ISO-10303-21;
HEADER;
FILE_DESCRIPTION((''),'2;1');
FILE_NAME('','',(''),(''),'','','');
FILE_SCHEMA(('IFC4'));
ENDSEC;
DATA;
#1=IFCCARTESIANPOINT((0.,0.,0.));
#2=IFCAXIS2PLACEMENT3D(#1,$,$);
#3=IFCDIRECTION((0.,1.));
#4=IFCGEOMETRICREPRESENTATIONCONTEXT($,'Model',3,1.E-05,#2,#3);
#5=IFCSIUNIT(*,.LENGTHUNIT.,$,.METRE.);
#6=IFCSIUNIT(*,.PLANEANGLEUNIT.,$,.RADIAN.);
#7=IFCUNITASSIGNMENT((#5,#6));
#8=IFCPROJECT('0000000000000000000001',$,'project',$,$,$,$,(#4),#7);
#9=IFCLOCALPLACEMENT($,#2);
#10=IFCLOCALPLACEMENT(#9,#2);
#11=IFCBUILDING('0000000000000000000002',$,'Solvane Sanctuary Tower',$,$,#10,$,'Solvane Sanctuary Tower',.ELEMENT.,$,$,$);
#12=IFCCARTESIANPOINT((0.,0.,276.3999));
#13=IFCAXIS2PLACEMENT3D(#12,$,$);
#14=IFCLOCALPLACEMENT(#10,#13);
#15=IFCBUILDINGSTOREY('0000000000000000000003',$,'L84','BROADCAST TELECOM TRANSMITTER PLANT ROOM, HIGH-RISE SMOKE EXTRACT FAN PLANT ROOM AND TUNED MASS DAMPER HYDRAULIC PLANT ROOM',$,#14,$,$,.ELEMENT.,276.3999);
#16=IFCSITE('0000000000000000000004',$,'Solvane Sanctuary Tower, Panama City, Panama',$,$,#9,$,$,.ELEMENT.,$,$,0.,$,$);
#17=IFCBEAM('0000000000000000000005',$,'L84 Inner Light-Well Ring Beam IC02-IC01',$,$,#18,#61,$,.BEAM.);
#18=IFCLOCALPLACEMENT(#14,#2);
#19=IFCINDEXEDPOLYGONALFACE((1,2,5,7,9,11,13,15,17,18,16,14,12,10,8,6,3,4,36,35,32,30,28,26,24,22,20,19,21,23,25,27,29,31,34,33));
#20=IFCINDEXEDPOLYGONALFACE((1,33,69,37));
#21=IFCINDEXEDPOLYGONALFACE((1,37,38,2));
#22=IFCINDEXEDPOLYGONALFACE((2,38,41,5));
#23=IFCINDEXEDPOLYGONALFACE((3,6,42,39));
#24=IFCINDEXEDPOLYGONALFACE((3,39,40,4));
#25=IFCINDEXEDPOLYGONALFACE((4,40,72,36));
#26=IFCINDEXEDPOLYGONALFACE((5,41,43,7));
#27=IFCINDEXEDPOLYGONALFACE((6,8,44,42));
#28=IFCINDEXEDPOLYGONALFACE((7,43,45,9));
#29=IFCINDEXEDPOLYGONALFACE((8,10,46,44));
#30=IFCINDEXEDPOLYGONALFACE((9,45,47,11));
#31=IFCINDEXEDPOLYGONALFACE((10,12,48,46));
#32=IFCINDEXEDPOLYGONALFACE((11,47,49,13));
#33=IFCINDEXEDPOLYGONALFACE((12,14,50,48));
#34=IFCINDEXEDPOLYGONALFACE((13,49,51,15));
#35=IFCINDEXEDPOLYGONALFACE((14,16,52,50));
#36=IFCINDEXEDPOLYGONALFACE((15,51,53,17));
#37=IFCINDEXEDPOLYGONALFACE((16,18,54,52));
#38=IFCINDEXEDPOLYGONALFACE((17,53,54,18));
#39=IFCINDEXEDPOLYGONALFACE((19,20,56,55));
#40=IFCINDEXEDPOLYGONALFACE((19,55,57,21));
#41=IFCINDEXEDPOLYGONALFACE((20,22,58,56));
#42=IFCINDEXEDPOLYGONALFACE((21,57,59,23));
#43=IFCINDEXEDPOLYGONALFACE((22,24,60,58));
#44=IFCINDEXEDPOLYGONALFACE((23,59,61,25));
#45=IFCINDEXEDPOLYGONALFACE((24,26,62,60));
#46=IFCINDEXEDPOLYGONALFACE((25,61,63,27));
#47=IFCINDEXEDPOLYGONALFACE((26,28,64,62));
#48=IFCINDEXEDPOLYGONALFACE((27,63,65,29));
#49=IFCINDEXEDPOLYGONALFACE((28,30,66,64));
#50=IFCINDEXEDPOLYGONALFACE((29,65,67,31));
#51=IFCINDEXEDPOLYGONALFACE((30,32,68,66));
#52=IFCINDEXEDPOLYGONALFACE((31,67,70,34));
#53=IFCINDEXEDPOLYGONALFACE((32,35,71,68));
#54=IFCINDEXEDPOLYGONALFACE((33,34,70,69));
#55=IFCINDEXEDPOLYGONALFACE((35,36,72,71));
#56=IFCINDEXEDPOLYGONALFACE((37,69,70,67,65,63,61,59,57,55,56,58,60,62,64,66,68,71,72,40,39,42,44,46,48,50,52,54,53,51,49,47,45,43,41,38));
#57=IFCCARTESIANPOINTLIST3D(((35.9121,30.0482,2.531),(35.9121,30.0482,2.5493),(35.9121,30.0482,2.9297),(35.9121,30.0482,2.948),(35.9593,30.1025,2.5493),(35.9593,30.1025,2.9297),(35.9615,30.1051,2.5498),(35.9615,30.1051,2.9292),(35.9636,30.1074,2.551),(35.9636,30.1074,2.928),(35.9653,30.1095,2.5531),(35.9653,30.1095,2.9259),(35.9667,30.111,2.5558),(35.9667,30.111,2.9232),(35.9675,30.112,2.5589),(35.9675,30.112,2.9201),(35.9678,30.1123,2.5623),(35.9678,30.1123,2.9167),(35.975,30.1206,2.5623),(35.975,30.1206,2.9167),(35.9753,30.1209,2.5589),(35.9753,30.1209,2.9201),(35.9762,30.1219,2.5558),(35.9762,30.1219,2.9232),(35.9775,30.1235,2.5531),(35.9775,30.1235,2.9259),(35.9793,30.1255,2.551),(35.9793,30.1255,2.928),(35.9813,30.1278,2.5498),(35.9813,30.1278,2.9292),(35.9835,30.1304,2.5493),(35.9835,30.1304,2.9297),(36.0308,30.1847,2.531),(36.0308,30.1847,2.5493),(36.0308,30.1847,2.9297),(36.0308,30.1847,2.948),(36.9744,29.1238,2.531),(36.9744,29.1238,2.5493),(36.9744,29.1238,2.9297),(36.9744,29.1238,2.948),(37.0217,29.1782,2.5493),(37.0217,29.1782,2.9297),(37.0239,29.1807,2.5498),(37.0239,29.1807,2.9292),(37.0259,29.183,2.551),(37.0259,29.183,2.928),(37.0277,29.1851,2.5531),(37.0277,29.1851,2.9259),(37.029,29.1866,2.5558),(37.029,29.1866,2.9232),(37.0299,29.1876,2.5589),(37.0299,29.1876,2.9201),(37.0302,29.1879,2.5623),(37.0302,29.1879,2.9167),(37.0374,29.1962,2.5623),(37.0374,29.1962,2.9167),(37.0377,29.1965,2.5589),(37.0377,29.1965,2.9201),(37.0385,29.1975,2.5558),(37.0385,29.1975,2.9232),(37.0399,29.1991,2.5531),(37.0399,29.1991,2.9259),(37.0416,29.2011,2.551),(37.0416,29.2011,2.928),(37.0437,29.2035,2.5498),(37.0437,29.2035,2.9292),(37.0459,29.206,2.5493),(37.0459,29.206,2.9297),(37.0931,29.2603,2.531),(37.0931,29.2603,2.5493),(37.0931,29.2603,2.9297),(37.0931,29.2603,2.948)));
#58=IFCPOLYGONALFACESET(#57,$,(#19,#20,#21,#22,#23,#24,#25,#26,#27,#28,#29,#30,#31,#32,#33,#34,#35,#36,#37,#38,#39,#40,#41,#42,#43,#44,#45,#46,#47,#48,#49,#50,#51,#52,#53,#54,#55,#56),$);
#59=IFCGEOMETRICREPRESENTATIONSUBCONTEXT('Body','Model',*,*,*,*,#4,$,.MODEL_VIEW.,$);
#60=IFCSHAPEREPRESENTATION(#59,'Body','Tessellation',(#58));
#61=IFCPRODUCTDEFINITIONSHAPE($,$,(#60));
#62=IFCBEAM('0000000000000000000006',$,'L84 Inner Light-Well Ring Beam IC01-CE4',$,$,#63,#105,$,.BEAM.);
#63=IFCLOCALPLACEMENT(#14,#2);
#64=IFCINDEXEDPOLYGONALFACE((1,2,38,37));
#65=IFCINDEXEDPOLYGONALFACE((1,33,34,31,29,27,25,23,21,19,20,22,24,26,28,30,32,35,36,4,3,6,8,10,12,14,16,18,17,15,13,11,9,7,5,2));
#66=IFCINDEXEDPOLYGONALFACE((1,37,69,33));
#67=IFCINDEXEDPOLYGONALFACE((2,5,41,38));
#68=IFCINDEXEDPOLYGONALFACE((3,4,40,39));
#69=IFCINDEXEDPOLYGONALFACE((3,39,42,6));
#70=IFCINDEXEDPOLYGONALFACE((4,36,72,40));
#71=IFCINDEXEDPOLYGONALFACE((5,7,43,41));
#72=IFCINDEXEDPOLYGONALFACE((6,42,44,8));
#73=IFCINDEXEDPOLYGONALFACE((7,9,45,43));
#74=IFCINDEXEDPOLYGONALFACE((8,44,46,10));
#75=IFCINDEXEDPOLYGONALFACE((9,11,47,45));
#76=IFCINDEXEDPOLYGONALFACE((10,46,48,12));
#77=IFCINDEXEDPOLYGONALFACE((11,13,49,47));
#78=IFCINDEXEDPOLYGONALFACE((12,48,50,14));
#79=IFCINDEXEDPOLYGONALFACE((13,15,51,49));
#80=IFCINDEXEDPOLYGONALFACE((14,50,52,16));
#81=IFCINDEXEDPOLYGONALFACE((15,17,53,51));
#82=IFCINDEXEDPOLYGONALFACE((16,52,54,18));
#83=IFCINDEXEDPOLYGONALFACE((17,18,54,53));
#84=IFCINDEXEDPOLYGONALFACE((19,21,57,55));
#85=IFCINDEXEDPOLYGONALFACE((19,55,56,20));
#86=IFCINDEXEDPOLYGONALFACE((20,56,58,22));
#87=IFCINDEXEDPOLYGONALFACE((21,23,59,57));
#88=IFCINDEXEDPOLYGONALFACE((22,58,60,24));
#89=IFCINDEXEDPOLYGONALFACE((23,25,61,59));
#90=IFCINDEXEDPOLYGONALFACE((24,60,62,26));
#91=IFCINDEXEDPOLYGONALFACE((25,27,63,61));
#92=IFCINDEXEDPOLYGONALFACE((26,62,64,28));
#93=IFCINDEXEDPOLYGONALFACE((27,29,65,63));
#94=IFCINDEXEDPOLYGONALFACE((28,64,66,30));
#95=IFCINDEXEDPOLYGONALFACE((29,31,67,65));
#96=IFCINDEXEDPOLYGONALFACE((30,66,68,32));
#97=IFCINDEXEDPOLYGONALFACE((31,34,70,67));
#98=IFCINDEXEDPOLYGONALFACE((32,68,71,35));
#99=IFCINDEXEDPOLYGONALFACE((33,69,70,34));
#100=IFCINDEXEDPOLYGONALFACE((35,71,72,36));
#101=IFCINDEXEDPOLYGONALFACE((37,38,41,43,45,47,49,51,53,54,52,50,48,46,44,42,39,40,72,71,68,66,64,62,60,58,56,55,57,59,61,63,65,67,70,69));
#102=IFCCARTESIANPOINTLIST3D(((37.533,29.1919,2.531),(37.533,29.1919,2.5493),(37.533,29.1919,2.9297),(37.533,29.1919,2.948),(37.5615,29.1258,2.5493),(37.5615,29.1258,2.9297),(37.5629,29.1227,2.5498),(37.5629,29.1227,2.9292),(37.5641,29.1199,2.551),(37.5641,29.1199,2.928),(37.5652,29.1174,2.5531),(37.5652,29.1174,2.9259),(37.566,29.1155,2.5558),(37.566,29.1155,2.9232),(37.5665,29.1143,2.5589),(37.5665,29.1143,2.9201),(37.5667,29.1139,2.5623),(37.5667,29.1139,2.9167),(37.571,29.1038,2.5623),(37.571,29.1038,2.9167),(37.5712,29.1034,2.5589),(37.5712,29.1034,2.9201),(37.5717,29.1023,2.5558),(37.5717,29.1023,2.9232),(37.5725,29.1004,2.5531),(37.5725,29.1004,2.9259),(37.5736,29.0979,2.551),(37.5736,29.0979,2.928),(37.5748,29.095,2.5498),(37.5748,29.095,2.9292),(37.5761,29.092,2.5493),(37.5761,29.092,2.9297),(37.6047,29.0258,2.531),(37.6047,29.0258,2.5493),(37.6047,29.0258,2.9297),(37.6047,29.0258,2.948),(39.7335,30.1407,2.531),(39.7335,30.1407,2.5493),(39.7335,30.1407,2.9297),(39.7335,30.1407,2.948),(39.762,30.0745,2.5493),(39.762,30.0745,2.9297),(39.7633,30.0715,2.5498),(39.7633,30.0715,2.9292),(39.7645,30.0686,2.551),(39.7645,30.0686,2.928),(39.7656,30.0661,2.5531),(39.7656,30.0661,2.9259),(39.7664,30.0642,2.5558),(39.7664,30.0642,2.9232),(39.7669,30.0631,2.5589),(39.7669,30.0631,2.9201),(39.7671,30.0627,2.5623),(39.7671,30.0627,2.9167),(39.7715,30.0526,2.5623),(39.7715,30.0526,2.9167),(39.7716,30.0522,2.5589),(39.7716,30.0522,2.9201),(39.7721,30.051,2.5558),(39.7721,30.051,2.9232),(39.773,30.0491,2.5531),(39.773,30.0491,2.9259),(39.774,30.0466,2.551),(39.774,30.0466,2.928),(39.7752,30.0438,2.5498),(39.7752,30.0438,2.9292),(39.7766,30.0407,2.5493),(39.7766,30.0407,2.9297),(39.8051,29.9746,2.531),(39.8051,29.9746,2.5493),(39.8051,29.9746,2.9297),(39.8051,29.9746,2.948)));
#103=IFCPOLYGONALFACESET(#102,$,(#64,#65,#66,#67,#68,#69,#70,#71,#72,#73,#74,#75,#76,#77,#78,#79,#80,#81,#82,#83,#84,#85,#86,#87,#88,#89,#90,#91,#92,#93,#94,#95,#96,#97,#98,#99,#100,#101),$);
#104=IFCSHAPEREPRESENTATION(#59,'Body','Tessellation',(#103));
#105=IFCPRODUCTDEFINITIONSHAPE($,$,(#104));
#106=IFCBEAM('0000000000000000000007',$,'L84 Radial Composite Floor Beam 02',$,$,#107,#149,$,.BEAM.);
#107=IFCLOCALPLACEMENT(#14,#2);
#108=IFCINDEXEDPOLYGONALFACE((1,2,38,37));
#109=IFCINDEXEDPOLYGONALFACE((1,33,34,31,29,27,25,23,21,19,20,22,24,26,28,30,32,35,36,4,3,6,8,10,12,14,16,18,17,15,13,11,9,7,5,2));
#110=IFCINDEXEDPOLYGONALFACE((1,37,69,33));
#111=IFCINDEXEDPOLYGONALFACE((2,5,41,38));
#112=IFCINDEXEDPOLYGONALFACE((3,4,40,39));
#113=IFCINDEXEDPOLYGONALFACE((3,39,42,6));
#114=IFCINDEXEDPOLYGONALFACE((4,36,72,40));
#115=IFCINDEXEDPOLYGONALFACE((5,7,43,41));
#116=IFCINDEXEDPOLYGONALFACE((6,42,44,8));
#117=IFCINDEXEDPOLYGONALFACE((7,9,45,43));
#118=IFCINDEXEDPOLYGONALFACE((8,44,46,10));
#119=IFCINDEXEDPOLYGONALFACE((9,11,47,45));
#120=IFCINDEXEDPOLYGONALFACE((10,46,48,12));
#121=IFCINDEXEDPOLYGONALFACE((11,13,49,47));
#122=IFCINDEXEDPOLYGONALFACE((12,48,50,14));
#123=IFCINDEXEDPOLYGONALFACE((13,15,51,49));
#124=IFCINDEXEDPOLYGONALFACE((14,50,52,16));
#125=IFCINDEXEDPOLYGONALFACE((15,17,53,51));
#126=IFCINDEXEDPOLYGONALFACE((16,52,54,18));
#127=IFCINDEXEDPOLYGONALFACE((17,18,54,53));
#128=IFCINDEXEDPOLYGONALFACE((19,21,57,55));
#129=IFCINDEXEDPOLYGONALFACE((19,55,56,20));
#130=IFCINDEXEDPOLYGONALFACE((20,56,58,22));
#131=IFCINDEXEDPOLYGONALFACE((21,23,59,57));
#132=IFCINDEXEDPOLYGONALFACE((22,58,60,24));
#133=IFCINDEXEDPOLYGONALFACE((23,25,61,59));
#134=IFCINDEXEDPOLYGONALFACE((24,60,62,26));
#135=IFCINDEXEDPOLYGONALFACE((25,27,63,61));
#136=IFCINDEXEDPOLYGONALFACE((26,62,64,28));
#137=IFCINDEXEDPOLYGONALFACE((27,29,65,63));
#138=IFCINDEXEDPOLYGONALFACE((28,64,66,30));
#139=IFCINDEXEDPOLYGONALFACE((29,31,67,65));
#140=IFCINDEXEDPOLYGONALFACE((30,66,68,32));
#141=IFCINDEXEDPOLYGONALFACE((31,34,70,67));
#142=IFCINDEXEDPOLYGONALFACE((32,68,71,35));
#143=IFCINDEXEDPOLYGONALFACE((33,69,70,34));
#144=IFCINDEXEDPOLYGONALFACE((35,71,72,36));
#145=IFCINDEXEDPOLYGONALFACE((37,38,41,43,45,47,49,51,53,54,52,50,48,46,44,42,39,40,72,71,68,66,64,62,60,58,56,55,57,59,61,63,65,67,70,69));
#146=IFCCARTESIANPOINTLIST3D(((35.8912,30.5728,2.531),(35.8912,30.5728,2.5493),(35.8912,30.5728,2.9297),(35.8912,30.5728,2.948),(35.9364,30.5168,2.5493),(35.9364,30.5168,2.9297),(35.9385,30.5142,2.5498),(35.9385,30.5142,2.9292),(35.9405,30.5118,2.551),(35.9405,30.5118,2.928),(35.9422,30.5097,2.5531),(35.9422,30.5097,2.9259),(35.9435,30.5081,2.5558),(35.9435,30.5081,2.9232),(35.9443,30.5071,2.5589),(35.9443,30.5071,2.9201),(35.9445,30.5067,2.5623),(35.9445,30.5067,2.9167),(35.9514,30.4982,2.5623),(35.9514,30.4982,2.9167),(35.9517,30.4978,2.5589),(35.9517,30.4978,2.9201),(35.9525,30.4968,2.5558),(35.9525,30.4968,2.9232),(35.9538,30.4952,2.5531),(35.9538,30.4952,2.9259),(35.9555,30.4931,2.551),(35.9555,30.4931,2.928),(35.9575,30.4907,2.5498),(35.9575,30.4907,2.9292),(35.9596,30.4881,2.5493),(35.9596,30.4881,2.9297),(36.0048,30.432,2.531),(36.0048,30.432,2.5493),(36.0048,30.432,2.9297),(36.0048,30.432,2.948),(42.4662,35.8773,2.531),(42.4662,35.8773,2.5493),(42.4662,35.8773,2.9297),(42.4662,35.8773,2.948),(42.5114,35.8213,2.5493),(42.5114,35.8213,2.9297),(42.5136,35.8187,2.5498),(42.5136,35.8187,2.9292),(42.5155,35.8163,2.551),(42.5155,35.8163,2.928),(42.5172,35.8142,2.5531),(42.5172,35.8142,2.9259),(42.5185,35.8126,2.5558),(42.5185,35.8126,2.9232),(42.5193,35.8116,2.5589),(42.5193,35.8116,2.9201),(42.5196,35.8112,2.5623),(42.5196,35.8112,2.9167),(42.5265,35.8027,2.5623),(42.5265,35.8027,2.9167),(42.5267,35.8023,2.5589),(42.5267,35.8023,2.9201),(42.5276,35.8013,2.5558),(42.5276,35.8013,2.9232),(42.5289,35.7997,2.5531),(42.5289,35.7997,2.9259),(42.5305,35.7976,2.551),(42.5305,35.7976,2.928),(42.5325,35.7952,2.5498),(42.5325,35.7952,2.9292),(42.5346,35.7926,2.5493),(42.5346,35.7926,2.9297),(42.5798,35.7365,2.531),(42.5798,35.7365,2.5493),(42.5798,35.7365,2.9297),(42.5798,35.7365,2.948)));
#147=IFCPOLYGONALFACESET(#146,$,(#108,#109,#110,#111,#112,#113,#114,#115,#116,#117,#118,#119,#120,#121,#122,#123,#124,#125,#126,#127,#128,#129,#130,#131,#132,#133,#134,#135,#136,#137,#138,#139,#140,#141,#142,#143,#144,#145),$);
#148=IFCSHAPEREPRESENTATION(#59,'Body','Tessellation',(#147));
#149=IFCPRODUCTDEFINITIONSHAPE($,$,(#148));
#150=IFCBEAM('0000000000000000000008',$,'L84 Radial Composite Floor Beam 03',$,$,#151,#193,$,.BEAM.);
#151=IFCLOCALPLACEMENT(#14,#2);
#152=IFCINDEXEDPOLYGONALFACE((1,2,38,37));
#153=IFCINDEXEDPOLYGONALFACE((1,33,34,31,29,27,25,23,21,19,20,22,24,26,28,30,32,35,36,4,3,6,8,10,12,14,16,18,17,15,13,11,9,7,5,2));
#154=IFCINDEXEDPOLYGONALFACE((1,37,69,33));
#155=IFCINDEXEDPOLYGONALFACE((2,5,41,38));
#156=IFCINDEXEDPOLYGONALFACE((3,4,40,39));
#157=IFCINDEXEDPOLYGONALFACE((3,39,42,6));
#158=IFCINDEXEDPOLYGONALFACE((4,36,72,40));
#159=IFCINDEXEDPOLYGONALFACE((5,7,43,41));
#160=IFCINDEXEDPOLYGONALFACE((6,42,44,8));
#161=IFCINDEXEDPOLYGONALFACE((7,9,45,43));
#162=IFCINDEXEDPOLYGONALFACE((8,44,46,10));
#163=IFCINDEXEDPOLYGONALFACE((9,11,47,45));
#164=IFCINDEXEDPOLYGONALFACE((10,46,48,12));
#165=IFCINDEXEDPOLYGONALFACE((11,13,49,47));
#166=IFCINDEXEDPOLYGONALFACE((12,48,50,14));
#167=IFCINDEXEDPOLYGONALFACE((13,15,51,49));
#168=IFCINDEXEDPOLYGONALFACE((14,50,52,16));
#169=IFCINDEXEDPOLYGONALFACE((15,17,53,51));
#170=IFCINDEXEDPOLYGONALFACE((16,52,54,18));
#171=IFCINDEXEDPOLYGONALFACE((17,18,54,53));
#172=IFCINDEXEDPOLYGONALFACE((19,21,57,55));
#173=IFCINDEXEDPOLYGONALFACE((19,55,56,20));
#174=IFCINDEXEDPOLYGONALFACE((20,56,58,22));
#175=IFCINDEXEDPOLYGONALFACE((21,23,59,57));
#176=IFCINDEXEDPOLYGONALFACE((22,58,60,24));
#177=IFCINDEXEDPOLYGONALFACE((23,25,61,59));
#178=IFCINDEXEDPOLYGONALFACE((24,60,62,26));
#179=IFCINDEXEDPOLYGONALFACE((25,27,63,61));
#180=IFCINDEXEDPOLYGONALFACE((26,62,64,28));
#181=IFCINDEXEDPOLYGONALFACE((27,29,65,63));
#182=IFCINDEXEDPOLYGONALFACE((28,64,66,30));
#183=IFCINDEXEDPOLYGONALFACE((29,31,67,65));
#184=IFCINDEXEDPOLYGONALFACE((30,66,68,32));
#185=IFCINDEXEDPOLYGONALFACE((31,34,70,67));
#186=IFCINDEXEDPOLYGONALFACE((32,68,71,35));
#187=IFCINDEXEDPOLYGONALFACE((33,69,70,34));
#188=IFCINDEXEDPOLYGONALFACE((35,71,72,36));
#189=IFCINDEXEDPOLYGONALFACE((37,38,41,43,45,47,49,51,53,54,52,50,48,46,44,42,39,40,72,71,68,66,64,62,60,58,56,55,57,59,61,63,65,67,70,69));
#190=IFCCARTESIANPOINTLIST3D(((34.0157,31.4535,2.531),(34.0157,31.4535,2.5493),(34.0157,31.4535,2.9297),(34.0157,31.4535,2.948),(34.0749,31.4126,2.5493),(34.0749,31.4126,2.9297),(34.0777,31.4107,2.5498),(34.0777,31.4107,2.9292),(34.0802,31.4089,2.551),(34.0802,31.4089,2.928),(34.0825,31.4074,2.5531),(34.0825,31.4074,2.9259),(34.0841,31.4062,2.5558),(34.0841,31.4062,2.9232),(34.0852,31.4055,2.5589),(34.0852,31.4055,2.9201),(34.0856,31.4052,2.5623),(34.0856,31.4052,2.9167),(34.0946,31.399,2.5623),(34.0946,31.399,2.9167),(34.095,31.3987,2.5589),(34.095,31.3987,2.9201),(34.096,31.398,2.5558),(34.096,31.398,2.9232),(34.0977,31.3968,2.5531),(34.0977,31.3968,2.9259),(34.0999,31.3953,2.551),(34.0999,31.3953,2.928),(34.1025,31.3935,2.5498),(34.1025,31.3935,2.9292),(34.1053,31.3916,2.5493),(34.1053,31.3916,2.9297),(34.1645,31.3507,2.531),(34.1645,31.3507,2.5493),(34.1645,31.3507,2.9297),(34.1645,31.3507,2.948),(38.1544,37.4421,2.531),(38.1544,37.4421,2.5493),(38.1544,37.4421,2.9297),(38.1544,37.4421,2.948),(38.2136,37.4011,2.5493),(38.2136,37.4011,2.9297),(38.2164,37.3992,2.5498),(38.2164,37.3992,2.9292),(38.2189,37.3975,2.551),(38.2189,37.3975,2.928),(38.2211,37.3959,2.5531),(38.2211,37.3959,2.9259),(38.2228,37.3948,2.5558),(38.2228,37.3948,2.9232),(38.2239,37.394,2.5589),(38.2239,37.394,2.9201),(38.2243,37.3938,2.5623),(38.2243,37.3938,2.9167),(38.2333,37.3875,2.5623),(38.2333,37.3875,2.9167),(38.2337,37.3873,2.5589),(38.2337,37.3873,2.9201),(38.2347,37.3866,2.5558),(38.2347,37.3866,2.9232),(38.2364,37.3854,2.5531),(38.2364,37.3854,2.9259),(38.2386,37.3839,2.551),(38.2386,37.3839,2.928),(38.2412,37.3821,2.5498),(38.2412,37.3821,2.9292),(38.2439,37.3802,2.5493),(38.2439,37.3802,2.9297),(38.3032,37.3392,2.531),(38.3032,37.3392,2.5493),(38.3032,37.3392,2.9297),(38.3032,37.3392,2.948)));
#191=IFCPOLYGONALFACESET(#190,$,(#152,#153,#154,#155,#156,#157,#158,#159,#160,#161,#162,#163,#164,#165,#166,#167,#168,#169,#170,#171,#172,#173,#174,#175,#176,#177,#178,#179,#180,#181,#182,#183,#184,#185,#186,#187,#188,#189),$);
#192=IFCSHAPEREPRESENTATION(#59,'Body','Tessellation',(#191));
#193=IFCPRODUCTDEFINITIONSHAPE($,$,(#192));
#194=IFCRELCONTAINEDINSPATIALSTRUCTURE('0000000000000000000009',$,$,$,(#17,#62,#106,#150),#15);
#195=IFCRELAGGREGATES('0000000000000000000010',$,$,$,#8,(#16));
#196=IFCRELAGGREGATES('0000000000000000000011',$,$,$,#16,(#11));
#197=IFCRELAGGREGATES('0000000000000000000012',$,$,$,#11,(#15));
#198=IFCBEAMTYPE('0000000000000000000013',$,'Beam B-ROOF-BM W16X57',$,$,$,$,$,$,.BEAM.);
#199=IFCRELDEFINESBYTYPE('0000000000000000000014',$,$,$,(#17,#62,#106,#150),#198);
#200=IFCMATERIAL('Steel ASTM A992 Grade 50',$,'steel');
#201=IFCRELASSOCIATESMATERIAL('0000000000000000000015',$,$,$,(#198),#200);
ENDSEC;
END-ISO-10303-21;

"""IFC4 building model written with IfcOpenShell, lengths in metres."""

from ifc_helpers import new_model, si_unit, direction, frame, origin, origin_2d, place, context, subcontext, project, spatial, i_section, extrude, material, material_profile, profile_set, type_object, element, save


model = new_model("IFC4")

# Units and contexts
model_context = context("Model", 3, precision=1e-05, world=origin(), true_north=direction((0.0, 1.0)))
body_context = subcontext(model_context, "Body", "Model", "MODEL_VIEW")
ifc_project = project(units=[si_unit("LENGTHUNIT", "METRE"), si_unit("PLANEANGLEUNIT", "RADIAN")], contexts=[model_context])

# Site, building, storey
site_placement = place(None, origin())
site = spatial("IfcSite", under=ifc_project, at=site_placement, Name="Solvane Sanctuary Tower, Panama City, Panama", CompositionType="ELEMENT", RefElevation=0.0)
building_placement = place(site_placement, origin())
building = spatial("IfcBuilding", under=site, at=building_placement, Name="Solvane Sanctuary Tower", LongName="Solvane Sanctuary Tower", CompositionType="ELEMENT")
storey_placement = place(building_placement, frame((0.0, 0.0, 276.3999)))
storey = spatial("IfcBuildingStorey", under=building, at=storey_placement, Name="L84", Description="BROADCAST TELECOM TRANSMITTER PLANT ROOM, HIGH-RISE SMOKE EXTRACT FAN PLANT ROOM AND TUNED MASS DAMPER HYDRAULIC PLANT ROOM", CompositionType="ELEMENT", Elevation=276.3999)

# Beams
ifc_material_1 = material(Name="Steel ASTM A992 Grade 50", Category="steel")
ifc_material_profile_1 = material_profile(ifc_material_1, i_section(OverallWidth=0.1809, OverallDepth=0.417, WebThickness=0.011, FlangeThickness=0.0183, FilletRadius=0.0129, at=origin_2d()), Name="W16X57")
ifc_profile_set_1 = profile_set([ifc_material_profile_1], Name="Steel ASTM A992 Grade 50")
beam_type_1 = type_object("IfcBeamType", Name="Beam B-ROOF-BM W16X57", PredefinedType="BEAM", material=ifc_profile_set_1)
beam_1_placement = place(storey_placement, frame((35.9714, 30.1165, 2.7395), z_axis=(0.754389, -0.656428, 0.0), x_axis=(0.656428, 0.754389, 0.0)))
element("IfcBeam", 1, at=beam_1_placement, inside=storey, type_object=beam_type_1, Name="L84 Inner Light-Well Ring Beam IC02-IC01", PredefinedType="BEAM", context=body_context, shape_type="SweptSolid", body=[
    extrude(i_section(OverallWidth=0.1809, OverallDepth=0.417, WebThickness=0.011, FlangeThickness=0.0183, FilletRadius=0.0129, at=origin_2d()), origin(), (0.0, 0.0, 1.0), 1.4082),
])
beam_2_placement = place(storey_placement, frame((37.5688, 29.1089, 2.7395), z_axis=(0.918284, 0.395923, 0.0), x_axis=(-0.395923, 0.918284, 0.0)))
element("IfcBeam", 2, at=beam_2_placement, inside=storey, type_object=beam_type_1, Name="L84 Inner Light-Well Ring Beam IC01-CE4", PredefinedType="BEAM", context=body_context, shape_type="SweptSolid", body=[
    extrude(i_section(OverallWidth=0.1809, OverallDepth=0.417, WebThickness=0.011, FlangeThickness=0.0183, FilletRadius=0.0129, at=origin_2d()), origin(), (0.0, 0.0, 1.0), 2.3962),
])
beam_3_placement = place(storey_placement, frame((35.948, 30.5024, 2.7395), z_axis=(0.778294, 0.6279, 0.0), x_axis=(-0.6279, 0.778294, 0.0)))
element("IfcBeam", 3, at=beam_3_placement, inside=storey, type_object=beam_type_1, Name="L84 Radial Composite Floor Beam 02", PredefinedType="BEAM", context=body_context, shape_type="SweptSolid", body=[
    extrude(i_section(OverallWidth=0.1809, OverallDepth=0.417, WebThickness=0.011, FlangeThickness=0.0183, FilletRadius=0.0129, at=origin_2d()), origin(), (0.0, 0.0, 1.0), 8.448),
])
beam_4_placement = place(storey_placement, frame((34.0901, 31.4021, 2.7395), z_axis=(0.568538, 0.822657, 0.0), x_axis=(-0.822657, 0.568538, 0.0)))
element("IfcBeam", 4, at=beam_4_placement, inside=storey, type_object=beam_type_1, Name="L84 Radial Composite Floor Beam 03", PredefinedType="BEAM", context=body_context, shape_type="SweptSolid", body=[
    extrude(i_section(OverallWidth=0.1809, OverallDepth=0.417, WebThickness=0.011, FlangeThickness=0.0183, FilletRadius=0.0129, at=origin_2d()), origin(), (0.0, 0.0, 1.0), 7.2795),
])

save(model, "model.ifc")
